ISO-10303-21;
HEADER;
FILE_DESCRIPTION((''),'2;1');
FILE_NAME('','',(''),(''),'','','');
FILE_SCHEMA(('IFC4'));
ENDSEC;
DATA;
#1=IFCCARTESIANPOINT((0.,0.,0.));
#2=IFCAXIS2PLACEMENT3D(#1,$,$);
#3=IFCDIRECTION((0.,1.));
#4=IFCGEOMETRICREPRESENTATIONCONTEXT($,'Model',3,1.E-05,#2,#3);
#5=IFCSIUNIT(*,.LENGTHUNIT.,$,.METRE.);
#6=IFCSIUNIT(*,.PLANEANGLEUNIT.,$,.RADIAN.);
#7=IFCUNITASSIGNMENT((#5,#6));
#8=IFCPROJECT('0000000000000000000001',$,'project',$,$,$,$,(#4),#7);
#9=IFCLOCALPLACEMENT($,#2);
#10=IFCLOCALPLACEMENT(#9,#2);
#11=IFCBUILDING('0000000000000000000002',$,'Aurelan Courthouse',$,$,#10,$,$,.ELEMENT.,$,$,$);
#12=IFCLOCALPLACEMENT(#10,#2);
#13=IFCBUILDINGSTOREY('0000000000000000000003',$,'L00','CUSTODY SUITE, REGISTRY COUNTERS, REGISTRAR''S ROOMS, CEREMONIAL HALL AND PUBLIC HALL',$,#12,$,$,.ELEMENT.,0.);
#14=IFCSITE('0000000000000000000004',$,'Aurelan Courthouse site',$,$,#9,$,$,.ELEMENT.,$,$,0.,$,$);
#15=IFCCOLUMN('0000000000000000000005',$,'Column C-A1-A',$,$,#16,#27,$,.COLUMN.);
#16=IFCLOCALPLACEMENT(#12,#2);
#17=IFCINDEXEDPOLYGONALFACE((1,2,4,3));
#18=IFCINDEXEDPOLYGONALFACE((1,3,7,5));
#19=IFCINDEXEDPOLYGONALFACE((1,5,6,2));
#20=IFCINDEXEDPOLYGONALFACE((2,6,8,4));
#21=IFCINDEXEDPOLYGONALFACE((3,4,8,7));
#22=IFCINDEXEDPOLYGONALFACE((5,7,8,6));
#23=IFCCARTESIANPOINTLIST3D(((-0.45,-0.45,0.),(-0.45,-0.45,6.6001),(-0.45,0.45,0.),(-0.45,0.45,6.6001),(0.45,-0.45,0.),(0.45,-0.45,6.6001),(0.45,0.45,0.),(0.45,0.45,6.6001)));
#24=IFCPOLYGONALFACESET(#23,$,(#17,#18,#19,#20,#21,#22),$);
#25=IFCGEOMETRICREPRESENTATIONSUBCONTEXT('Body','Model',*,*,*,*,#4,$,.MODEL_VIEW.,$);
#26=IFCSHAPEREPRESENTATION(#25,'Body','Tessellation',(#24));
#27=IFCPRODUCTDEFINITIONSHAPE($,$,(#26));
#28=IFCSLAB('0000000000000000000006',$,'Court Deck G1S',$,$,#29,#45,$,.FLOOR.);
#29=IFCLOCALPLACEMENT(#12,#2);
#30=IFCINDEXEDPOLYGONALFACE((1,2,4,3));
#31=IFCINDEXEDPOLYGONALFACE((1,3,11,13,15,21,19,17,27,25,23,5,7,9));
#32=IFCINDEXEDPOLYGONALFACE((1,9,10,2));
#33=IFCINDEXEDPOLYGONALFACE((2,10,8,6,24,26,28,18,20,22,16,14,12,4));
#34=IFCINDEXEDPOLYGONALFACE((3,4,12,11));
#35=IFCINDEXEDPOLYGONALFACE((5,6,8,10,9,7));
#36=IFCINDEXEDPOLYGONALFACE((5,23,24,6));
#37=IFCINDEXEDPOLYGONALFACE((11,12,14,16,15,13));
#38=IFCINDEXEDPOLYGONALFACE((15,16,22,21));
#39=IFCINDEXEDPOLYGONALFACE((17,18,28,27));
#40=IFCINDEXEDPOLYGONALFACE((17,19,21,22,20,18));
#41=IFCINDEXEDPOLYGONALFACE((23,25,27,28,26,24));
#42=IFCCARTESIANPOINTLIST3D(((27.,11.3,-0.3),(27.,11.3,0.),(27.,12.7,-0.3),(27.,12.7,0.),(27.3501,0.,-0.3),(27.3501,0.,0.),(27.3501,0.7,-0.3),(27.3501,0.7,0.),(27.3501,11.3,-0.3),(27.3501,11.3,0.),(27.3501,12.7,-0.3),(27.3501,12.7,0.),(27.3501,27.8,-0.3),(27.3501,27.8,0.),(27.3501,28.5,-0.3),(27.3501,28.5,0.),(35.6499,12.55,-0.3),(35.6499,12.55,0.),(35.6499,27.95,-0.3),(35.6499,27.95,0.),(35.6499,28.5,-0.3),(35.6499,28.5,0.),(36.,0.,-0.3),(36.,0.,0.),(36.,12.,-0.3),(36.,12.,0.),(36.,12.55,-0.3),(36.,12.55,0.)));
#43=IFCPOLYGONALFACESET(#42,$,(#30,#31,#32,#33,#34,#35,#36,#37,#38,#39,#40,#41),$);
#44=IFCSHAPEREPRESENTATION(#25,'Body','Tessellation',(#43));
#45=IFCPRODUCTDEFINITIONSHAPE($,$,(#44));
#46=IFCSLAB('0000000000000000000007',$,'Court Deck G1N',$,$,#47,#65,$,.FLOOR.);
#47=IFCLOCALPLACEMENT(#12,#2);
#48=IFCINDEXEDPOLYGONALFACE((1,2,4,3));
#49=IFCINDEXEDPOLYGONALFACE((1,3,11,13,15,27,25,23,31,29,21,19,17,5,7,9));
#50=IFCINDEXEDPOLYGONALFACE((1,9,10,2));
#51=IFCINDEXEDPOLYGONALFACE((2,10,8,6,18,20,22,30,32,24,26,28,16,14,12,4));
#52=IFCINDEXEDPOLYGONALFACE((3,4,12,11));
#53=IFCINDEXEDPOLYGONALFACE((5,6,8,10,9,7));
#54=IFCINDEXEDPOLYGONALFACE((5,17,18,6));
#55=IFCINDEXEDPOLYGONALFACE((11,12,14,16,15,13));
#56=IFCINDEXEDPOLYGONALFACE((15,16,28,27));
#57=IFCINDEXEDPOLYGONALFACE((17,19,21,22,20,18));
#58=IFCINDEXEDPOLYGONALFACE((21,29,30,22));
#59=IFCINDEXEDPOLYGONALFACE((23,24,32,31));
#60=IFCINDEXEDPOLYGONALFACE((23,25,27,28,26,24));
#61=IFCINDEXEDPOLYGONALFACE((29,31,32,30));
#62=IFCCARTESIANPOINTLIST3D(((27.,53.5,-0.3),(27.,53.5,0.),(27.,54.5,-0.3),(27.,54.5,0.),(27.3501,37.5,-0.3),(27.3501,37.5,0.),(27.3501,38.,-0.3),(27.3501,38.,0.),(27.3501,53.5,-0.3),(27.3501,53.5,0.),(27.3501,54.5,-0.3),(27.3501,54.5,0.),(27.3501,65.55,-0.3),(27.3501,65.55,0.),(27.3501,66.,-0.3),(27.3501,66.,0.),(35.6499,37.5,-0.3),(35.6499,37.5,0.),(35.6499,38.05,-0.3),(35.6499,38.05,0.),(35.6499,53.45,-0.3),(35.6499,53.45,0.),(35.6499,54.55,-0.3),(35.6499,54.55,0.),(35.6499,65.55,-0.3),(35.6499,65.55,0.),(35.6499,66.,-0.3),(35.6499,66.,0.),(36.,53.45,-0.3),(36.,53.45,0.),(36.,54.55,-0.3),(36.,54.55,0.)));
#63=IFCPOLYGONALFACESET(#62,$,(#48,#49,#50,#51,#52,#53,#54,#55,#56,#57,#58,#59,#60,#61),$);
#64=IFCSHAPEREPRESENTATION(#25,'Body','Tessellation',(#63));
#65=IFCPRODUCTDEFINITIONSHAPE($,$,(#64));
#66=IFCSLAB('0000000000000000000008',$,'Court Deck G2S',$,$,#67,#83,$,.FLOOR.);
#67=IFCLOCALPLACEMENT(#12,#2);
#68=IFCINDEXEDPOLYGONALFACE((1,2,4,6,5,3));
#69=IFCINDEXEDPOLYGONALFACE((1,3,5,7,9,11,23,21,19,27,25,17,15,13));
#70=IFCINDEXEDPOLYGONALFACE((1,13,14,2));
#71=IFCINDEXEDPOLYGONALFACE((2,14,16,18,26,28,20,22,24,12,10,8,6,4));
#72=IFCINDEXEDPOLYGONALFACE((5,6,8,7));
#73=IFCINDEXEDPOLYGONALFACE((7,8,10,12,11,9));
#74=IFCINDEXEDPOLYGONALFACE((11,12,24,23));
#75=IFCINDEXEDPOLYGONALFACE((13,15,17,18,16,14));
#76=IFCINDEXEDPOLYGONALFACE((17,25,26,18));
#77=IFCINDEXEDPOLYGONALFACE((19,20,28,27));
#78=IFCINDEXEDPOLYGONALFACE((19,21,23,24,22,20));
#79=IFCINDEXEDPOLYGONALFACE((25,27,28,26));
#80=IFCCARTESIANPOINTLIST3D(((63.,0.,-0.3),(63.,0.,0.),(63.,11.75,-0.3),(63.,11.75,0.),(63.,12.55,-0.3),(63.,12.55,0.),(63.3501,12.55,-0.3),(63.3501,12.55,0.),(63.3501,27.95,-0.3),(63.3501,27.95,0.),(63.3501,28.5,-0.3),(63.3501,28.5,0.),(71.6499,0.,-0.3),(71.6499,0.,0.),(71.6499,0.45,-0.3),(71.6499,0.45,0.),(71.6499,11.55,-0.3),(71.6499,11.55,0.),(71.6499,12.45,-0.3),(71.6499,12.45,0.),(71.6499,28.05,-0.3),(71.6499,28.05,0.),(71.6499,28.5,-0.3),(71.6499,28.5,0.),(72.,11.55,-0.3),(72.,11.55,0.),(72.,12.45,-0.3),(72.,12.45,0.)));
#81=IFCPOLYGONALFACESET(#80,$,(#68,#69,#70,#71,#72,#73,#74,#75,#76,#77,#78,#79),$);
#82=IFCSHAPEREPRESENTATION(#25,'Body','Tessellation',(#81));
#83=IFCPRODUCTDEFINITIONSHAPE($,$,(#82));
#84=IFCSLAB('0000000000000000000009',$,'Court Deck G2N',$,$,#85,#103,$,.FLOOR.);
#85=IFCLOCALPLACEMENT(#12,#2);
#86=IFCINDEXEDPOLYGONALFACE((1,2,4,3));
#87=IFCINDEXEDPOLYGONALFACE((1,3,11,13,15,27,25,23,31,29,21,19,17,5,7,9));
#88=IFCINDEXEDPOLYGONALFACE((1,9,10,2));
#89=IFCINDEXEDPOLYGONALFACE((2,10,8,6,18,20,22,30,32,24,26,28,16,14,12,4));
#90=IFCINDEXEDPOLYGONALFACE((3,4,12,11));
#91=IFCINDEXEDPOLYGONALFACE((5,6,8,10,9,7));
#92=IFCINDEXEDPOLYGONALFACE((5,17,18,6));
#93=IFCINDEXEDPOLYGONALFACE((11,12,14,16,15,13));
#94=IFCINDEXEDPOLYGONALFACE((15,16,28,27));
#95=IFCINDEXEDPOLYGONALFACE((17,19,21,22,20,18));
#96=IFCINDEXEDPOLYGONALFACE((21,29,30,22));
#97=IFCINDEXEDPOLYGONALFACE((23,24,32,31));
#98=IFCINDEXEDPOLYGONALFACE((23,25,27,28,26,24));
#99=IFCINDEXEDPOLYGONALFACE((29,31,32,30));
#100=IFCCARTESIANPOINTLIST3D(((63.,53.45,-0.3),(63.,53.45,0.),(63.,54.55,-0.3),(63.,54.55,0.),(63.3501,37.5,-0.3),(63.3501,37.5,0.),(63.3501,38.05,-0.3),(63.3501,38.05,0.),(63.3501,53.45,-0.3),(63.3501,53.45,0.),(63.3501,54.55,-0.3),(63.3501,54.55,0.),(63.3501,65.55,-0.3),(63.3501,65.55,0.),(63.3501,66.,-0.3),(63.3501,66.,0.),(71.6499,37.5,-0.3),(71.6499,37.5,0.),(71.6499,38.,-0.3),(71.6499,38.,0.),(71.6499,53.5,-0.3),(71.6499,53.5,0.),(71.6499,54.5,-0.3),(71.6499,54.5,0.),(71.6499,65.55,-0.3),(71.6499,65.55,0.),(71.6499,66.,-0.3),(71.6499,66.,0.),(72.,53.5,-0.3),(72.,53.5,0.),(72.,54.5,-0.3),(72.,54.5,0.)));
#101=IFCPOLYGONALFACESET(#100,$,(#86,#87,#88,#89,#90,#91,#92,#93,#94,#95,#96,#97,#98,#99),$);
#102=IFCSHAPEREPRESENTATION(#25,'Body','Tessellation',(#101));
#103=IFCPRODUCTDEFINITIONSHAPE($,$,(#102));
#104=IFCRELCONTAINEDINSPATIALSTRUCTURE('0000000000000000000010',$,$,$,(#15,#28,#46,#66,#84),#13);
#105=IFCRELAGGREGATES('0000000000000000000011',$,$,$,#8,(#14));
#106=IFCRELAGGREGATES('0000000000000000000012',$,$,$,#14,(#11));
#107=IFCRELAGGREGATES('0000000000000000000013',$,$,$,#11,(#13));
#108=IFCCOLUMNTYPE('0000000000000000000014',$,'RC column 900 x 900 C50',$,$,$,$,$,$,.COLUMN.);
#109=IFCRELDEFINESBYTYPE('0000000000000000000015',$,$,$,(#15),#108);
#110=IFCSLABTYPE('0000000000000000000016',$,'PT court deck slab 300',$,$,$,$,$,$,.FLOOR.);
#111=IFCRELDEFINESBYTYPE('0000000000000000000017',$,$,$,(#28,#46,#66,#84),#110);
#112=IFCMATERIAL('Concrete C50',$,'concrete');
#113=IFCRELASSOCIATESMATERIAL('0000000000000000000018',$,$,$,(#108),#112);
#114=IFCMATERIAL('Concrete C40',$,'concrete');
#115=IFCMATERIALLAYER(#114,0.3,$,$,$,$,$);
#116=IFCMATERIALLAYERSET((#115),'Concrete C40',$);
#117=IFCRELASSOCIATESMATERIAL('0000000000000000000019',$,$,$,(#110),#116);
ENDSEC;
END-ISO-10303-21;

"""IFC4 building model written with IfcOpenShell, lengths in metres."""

from ifc_helpers import new_model, si_unit, direction, frame, origin, origin_with_axes, origin_2d, place, context, subcontext, project, spatial, polyline, rectangle, outline, extrude, material, layer, layer_set, material_profile, profile_set, type_object, element, save


model = new_model("IFC4")

# Units and contexts
model_context = context("Model", 3, precision=1e-05, world=origin(), true_north=direction((0.0, 1.0)))
body_context = subcontext(model_context, "Body", "Model", "MODEL_VIEW")
ifc_project = project(units=[si_unit("LENGTHUNIT", "METRE"), si_unit("PLANEANGLEUNIT", "RADIAN")], contexts=[model_context])

# Site, building, storey
site_placement = place(None, origin())
site = spatial("IfcSite", under=ifc_project, at=site_placement, Name="Aurelan Courthouse site", CompositionType="ELEMENT", RefElevation=0.0)
building_placement = place(site_placement, origin())
building = spatial("IfcBuilding", under=site, at=building_placement, Name="Aurelan Courthouse", CompositionType="ELEMENT")
storey_placement = place(building_placement, origin())
storey = spatial("IfcBuildingStorey", under=building, at=storey_placement, Name="L00", Description="CUSTODY SUITE, REGISTRY COUNTERS, REGISTRAR'S ROOMS, CEREMONIAL HALL AND PUBLIC HALL", CompositionType="ELEMENT", Elevation=0.0)

# Column
ifc_material_1 = material(Name="Concrete C50", Category="concrete")
ifc_material_profile = material_profile(ifc_material_1, rectangle(XDim=0.8999, YDim=0.8999, at=origin_2d()), Name="RC 900 x 900")
ifc_profile_set = profile_set([ifc_material_profile], Name="Concrete C50")
column_type = type_object("IfcColumnType", Name="RC column 900 x 900 C50", PredefinedType="COLUMN", material=ifc_profile_set)
column_placement = place(storey_placement, origin_with_axes())
element("IfcColumn", 1, at=column_placement, inside=storey, type_object=column_type, Name="Column C-A1-A", PredefinedType="COLUMN", context=body_context, shape_type="SweptSolid", body=[
    extrude(rectangle(XDim=0.8999, YDim=0.8999, at=origin_2d()), origin(), (0.0, 0.0, 1.0), 6.6001),
])

# Slabs
ifc_material_2 = material(Name="Concrete C40", Category="concrete")
ifc_layer_1 = layer(ifc_material_2, 0.3)
ifc_layer_set_1 = layer_set([ifc_layer_1], Name="Concrete C40")
slab_type_1 = type_object("IfcSlabType", Name="PT court deck slab 300", PredefinedType="FLOOR", material=ifc_layer_set_1)
slab_1_placement = place(storey_placement, frame((0.0, 0.0, -0.3)))
element("IfcSlab", 2, at=slab_1_placement, inside=storey, type_object=slab_type_1, Name="Court Deck G1S", PredefinedType="FLOOR", context=body_context, shape_type="SweptSolid", body=[
    extrude(outline(polyline([(36.0, 0.0), (36.0, 12.0), (36.0, 12.55), (35.6499, 12.55), (35.6499, 27.95), (35.6499, 28.5), (27.3501, 28.5), (27.3501, 27.8), (27.3501, 12.7), (27.0, 12.7), (27.0, 11.3), (27.3501, 11.3), (27.3501, 0.7), (27.3501, 0.0), (36.0, 0.0)])), origin(), (0.0, 0.0, 1.0), 0.3),
])
slab_2_placement = place(storey_placement, frame((0.0, 0.0, -0.3)))
element("IfcSlab", 3, at=slab_2_placement, inside=storey, type_object=slab_type_1, Name="Court Deck G1N", PredefinedType="FLOOR", context=body_context, shape_type="SweptSolid", body=[
    extrude(outline(polyline([(36.0, 53.45), (36.0, 54.55), (35.6499, 54.55), (35.6499, 65.55), (35.6499, 66.0), (27.3501, 66.0), (27.3501, 65.55), (27.3501, 54.5), (27.0, 54.5), (27.0, 53.5), (27.3501, 53.5), (27.3501, 38.0), (27.3501, 37.5), (35.6499, 37.5), (35.6499, 38.05), (35.6499, 53.45), (36.0, 53.45)])), origin(), (0.0, 0.0, 1.0), 0.3),
])
slab_3_placement = place(storey_placement, frame((0.0, 0.0, -0.3)))
element("IfcSlab", 4, at=slab_3_placement, inside=storey, type_object=slab_type_1, Name="Court Deck G2S", PredefinedType="FLOOR", context=body_context, shape_type="SweptSolid", body=[
    extrude(outline(polyline([(72.0, 11.55), (72.0, 12.45), (71.6499, 12.45), (71.6499, 28.05), (71.6499, 28.5), (63.3501, 28.5), (63.3501, 27.95), (63.3501, 12.55), (63.0, 12.55), (63.0, 11.75), (63.0, 0.0), (71.6499, 0.0), (71.6499, 0.45), (71.6499, 11.55), (72.0, 11.55)])), origin(), (0.0, 0.0, 1.0), 0.3),
])
slab_4_placement = place(storey_placement, frame((0.0, 0.0, -0.3)))
element("IfcSlab", 5, at=slab_4_placement, inside=storey, type_object=slab_type_1, Name="Court Deck G2N", PredefinedType="FLOOR", context=body_context, shape_type="SweptSolid", body=[
    extrude(outline(polyline([(72.0, 53.5), (72.0, 54.5), (71.6499, 54.5), (71.6499, 65.55), (71.6499, 66.0), (63.3501, 66.0), (63.3501, 65.55), (63.3501, 54.55), (63.0, 54.55), (63.0, 53.45), (63.3501, 53.45), (63.3501, 38.05), (63.3501, 37.5), (71.6499, 37.5), (71.6499, 38.0), (71.6499, 53.5), (72.0, 53.5)])), origin(), (0.0, 0.0, 1.0), 0.3),
])

save(model, "model.ifc")
